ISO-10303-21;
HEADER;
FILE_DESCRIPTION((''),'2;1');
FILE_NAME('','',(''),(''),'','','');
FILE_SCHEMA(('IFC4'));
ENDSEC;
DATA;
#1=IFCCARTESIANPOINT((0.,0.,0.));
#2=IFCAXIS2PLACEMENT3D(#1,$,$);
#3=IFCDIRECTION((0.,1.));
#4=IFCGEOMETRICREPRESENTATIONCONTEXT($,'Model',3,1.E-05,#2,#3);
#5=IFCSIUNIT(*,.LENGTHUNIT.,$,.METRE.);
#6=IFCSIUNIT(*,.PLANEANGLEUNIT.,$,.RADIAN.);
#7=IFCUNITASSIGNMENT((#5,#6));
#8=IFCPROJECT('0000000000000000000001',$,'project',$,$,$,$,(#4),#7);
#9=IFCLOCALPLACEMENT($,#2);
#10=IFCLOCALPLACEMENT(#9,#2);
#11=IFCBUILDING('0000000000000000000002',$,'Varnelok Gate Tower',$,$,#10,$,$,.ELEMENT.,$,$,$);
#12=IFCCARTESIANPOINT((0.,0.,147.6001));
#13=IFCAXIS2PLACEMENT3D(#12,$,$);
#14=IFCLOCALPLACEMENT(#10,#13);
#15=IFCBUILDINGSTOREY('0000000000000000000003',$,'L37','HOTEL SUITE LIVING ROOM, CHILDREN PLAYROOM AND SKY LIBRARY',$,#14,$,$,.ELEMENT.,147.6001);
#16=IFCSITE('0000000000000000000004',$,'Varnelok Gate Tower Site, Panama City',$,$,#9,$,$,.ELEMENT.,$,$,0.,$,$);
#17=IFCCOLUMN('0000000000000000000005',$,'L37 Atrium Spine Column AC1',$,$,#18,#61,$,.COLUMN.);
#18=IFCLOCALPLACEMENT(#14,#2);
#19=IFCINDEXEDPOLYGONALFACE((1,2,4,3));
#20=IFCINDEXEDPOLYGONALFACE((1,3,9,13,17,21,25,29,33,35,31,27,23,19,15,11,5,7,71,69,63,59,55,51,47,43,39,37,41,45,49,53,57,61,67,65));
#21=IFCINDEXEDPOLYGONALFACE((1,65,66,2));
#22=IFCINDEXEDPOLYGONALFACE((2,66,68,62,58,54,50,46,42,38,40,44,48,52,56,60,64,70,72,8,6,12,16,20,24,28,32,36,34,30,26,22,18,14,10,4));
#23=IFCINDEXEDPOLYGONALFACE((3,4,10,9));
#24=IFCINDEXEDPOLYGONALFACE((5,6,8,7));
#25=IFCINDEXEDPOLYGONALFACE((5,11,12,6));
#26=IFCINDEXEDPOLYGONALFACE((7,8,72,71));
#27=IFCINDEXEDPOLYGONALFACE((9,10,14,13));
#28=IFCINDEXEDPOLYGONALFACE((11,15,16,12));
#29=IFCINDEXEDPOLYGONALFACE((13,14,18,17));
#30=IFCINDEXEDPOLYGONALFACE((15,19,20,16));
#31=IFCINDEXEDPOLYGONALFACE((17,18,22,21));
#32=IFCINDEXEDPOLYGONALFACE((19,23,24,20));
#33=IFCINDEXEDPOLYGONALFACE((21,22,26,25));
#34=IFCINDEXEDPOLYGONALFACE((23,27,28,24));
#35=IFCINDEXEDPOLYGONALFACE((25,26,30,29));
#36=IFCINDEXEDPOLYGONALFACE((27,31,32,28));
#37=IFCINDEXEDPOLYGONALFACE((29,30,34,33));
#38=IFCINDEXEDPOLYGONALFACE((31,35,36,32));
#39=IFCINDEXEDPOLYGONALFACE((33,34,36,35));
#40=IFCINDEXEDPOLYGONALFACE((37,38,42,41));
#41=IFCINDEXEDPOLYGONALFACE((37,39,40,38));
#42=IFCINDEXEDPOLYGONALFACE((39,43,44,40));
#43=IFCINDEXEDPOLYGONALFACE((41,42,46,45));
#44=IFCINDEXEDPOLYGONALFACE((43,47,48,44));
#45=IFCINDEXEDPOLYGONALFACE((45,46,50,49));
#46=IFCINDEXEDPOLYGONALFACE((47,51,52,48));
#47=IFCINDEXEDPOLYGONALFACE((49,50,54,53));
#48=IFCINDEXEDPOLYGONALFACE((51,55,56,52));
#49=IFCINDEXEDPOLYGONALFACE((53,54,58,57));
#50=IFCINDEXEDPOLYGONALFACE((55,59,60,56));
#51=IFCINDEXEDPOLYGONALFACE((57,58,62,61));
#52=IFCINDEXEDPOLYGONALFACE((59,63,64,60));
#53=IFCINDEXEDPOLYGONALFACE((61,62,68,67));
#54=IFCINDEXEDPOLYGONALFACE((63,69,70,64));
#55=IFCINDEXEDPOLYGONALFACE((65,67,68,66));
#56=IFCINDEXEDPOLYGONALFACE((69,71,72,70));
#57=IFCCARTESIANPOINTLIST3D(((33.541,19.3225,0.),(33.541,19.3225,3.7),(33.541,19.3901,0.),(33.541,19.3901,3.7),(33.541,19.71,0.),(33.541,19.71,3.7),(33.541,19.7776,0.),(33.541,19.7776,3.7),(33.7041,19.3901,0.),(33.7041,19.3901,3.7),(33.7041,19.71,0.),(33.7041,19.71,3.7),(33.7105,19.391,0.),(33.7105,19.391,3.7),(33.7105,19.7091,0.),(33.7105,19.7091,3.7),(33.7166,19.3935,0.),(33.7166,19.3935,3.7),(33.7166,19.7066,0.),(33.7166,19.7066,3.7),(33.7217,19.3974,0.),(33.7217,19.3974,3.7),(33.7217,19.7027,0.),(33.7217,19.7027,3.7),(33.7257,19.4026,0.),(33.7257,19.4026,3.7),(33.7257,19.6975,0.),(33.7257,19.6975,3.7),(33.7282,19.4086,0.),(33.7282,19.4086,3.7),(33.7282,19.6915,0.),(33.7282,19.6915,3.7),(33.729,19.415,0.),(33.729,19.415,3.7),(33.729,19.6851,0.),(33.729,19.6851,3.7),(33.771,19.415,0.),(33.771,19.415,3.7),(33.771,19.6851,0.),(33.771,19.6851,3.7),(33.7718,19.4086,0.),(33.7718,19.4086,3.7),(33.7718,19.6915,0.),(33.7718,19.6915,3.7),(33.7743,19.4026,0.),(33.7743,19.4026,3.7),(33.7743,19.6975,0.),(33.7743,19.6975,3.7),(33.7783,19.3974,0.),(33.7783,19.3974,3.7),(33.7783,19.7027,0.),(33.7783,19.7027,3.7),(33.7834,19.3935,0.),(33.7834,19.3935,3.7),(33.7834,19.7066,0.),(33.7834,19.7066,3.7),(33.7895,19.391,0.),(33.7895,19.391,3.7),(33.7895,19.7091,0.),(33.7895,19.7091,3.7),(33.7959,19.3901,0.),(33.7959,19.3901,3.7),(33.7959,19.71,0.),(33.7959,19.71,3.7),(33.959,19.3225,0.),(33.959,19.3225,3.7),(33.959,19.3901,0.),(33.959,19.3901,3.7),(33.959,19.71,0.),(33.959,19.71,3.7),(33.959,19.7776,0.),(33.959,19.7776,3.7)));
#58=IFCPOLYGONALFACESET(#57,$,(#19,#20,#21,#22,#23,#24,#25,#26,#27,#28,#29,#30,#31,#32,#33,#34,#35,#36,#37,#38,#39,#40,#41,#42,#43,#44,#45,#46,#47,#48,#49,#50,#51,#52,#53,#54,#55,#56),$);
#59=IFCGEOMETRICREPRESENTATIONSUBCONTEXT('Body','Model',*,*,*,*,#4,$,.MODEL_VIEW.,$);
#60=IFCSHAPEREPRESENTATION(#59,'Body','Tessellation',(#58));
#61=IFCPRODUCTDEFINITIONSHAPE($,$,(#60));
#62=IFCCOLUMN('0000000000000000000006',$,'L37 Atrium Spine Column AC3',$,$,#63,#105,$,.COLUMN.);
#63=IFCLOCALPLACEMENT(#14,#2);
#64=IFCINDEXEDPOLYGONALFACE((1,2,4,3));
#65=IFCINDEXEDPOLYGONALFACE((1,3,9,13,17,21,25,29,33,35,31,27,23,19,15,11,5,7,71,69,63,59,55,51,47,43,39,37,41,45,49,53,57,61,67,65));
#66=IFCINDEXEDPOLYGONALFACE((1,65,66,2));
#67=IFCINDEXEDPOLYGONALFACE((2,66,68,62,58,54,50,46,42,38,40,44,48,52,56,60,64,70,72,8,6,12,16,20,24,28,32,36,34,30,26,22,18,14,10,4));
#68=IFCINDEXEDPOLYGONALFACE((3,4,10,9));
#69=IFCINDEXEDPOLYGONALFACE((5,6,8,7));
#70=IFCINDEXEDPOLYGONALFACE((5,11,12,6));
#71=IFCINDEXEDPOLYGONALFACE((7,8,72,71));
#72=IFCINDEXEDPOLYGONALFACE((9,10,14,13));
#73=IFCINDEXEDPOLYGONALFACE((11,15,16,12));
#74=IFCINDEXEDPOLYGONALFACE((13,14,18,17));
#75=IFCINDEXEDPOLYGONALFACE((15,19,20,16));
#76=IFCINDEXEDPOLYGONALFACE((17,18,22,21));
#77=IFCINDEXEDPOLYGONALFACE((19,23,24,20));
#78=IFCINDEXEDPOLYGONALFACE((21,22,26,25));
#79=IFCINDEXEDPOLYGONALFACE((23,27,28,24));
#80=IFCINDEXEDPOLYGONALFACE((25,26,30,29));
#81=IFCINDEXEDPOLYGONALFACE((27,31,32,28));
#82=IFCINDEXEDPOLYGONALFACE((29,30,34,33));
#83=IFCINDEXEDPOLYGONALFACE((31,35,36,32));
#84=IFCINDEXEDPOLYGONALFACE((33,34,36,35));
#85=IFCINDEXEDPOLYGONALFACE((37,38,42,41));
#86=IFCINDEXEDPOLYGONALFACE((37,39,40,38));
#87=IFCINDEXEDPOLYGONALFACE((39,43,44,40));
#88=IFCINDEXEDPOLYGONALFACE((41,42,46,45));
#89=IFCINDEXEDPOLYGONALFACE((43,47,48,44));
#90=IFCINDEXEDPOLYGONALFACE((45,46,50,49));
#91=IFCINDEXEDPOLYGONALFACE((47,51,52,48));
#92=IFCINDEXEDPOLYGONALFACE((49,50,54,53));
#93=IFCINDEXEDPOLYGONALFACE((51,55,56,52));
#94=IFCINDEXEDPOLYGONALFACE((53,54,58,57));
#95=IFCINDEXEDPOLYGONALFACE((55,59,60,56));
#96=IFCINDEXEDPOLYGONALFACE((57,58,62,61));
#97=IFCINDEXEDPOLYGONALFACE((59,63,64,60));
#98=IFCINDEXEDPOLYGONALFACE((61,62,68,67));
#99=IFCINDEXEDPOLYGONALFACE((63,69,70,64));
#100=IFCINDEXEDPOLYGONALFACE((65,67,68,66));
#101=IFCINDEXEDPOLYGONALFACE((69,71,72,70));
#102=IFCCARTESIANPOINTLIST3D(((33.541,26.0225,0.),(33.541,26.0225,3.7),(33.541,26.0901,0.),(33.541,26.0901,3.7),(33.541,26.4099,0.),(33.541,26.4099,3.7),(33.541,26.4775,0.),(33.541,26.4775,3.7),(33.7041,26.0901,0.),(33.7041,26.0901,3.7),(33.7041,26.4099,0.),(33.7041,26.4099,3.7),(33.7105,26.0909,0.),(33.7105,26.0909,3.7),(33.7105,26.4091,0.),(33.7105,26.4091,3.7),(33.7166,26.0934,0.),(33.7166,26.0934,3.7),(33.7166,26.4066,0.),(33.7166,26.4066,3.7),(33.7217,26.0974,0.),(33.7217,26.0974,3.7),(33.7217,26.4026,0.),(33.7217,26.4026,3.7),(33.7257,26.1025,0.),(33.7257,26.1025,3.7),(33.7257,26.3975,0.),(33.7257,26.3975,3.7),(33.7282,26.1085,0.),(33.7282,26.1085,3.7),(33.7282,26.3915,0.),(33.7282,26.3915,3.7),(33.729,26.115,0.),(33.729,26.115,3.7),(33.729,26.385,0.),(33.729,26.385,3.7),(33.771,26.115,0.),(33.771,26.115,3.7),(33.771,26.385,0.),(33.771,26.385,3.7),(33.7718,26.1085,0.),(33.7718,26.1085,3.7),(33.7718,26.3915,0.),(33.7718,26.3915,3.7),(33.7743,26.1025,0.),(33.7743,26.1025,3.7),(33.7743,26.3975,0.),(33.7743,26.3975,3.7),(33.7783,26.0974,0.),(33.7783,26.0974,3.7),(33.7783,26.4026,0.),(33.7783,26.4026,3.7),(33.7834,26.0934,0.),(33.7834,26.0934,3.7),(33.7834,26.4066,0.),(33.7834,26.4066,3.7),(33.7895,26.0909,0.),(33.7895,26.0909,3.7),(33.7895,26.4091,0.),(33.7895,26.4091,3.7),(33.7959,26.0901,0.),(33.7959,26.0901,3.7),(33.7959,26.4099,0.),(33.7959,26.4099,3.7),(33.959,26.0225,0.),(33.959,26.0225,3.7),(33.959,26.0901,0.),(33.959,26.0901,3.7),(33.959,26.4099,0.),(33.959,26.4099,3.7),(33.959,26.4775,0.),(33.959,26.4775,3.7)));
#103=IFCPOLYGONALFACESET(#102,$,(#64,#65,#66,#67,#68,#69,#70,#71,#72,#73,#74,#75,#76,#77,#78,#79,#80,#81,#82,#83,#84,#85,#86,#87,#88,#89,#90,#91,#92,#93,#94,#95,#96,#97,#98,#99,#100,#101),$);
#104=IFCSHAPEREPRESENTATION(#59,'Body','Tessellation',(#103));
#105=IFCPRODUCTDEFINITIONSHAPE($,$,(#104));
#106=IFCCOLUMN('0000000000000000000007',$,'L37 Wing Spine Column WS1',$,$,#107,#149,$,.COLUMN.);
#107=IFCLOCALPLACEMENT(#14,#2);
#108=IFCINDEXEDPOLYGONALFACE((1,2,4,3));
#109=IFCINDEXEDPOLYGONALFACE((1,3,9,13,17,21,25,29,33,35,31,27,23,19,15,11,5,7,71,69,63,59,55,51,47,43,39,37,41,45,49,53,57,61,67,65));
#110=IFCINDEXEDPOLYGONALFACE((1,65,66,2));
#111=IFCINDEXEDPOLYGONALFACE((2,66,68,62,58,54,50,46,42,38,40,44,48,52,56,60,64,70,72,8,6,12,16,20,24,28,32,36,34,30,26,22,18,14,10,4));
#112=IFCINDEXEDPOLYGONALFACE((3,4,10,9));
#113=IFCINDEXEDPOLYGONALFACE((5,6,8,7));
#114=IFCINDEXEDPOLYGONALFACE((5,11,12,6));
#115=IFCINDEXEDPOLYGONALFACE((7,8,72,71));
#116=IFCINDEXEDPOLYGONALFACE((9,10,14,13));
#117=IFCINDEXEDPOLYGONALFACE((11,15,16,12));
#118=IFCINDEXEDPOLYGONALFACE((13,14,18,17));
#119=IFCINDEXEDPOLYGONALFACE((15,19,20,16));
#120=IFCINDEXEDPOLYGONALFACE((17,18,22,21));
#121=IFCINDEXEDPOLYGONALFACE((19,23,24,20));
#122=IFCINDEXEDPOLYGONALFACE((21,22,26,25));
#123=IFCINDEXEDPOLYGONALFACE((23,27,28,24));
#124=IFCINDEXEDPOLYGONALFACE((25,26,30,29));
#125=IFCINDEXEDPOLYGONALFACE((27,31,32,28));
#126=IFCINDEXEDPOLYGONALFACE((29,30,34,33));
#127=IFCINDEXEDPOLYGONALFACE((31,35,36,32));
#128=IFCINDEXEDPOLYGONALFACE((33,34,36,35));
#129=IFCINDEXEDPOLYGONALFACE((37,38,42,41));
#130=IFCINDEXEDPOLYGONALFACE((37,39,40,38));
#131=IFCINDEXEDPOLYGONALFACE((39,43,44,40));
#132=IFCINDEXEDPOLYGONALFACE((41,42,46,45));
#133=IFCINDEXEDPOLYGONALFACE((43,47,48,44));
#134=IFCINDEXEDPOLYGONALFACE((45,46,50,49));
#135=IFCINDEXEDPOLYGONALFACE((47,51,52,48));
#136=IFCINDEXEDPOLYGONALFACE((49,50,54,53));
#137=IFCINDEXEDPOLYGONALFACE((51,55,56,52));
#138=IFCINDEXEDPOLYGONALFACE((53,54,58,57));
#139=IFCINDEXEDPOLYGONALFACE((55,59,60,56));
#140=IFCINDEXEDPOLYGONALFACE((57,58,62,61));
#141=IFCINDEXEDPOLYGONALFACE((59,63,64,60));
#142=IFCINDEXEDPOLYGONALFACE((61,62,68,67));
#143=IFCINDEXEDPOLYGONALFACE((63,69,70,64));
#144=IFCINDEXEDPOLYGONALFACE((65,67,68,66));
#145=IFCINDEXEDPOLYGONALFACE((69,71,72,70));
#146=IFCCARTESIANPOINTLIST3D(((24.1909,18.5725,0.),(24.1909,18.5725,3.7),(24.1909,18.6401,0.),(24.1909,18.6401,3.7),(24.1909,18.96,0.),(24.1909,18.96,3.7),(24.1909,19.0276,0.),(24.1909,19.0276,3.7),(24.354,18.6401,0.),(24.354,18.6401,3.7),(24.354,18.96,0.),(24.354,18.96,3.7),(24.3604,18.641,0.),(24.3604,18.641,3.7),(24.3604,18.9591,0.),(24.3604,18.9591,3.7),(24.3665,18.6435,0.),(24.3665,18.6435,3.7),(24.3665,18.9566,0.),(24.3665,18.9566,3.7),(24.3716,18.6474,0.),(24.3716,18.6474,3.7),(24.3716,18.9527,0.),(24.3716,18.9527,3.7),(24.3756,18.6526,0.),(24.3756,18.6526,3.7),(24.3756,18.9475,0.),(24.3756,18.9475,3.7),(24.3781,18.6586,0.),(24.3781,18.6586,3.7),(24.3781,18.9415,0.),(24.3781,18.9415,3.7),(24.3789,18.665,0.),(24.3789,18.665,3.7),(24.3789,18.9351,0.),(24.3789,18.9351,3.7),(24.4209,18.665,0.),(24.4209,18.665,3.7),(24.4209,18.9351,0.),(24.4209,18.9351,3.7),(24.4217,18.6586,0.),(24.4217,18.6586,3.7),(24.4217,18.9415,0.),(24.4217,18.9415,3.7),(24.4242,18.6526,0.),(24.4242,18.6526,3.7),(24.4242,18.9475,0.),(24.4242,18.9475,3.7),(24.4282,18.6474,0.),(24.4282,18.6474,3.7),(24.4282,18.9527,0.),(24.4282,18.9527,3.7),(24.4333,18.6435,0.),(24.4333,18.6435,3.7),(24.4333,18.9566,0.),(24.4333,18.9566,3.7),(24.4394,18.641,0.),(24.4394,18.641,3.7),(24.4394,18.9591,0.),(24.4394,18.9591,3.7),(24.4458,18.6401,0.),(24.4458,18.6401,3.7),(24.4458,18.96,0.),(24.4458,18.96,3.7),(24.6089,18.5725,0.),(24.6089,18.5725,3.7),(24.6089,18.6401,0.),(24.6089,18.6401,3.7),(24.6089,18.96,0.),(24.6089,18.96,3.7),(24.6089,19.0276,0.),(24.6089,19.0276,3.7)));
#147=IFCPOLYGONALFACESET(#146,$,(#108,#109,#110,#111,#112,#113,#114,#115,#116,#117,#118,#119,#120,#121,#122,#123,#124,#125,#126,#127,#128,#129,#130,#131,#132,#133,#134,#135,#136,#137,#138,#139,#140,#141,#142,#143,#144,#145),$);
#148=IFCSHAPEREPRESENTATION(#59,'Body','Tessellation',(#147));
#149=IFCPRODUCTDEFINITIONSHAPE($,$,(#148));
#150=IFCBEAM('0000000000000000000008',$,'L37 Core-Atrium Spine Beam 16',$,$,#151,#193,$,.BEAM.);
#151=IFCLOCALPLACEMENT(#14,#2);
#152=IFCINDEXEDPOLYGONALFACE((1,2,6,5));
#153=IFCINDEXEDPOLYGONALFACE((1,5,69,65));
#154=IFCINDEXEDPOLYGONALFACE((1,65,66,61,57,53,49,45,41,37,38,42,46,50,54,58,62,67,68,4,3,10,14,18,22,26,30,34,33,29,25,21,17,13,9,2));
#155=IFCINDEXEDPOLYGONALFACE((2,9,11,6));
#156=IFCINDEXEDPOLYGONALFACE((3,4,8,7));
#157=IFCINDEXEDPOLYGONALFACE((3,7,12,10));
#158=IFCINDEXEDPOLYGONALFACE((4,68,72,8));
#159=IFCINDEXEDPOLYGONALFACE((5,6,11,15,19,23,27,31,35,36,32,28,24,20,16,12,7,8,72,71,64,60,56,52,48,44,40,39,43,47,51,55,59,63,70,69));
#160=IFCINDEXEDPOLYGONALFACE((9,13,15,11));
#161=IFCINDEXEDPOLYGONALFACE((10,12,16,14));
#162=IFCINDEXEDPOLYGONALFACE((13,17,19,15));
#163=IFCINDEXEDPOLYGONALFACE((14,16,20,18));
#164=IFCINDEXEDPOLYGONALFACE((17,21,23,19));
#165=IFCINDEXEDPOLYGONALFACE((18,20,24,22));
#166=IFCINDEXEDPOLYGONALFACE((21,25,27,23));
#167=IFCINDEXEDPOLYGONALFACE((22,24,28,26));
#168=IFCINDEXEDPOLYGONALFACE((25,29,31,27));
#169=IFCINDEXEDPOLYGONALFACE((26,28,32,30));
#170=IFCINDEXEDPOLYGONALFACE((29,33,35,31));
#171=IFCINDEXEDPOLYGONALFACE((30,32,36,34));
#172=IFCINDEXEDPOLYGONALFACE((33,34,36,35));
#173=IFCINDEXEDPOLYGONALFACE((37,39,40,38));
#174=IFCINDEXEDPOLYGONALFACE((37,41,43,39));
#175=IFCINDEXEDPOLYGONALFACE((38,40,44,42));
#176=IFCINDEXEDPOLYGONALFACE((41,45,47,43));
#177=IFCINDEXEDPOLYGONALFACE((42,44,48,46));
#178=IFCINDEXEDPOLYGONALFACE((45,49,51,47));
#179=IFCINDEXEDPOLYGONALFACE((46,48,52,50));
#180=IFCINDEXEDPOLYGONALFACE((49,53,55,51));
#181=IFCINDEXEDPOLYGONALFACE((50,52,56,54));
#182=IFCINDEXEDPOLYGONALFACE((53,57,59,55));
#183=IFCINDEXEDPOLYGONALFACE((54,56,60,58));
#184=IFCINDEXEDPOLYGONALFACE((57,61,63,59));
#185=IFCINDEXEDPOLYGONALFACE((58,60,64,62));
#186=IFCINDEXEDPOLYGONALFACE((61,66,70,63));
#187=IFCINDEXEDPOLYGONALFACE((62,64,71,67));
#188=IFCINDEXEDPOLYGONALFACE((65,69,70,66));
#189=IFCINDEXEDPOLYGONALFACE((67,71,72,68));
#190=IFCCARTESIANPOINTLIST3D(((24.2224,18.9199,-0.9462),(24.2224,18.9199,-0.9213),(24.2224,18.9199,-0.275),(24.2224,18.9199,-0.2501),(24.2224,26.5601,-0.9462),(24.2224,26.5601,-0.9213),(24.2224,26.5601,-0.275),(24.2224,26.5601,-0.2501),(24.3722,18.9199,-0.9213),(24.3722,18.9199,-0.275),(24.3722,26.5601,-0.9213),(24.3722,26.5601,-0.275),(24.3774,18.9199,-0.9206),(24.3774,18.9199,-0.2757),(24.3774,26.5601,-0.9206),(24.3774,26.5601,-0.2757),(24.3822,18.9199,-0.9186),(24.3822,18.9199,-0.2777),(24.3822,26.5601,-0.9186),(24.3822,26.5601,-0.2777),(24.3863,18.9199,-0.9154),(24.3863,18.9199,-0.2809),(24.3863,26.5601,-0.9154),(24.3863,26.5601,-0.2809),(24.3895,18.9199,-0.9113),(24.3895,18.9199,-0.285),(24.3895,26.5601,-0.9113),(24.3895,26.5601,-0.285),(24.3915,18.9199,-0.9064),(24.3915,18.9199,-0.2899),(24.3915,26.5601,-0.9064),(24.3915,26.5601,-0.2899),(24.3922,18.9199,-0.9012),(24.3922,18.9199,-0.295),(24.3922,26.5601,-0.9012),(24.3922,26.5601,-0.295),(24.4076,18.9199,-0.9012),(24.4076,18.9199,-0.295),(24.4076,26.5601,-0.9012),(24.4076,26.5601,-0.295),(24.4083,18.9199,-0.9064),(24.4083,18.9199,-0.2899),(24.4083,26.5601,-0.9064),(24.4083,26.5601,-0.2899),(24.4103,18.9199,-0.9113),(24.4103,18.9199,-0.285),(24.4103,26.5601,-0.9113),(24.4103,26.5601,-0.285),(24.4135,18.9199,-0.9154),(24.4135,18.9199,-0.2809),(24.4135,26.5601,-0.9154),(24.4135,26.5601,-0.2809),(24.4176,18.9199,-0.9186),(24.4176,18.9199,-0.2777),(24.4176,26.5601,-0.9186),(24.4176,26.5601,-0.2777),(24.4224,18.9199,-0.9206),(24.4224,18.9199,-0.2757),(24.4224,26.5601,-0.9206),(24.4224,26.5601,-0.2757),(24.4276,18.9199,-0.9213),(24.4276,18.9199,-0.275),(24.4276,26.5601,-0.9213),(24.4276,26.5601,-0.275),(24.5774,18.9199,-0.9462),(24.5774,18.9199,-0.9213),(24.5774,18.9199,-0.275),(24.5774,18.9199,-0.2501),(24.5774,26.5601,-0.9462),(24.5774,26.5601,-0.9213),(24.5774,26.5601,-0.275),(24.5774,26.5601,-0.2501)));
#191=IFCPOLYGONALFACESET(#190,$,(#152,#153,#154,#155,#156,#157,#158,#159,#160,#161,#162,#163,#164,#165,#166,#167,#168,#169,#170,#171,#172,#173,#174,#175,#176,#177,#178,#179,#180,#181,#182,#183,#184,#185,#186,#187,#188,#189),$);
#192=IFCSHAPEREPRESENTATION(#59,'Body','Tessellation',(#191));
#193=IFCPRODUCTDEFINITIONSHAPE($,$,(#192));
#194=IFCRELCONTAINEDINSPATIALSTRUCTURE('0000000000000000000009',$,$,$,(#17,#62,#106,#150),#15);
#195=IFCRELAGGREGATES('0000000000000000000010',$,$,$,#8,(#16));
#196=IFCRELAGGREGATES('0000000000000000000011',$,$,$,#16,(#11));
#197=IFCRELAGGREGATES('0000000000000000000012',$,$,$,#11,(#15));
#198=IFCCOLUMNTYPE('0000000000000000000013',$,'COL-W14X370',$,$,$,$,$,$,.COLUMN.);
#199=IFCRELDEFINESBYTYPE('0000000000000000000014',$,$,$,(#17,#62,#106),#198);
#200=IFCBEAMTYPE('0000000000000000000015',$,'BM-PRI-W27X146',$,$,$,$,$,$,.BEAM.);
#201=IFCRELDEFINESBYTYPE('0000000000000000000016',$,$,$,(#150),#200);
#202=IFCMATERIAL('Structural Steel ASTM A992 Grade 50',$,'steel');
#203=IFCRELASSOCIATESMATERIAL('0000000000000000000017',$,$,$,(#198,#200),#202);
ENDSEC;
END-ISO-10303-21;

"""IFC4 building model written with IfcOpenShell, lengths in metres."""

from ifc_helpers import new_model, si_unit, direction, frame, origin, origin_2d, place, context, subcontext, project, spatial, i_section, extrude, material, material_profile, profile_set, type_object, element, save


model = new_model("IFC4")

# Units and contexts
model_context = context("Model", 3, precision=1e-05, world=origin(), true_north=direction((0.0, 1.0)))
body_context = subcontext(model_context, "Body", "Model", "MODEL_VIEW")
ifc_project = project(units=[si_unit("LENGTHUNIT", "METRE"), si_unit("PLANEANGLEUNIT", "RADIAN")], contexts=[model_context])

# Site, building, storey
site_placement = place(None, origin())
site = spatial("IfcSite", under=ifc_project, at=site_placement, Name="Varnelok Gate Tower Site, Panama City", CompositionType="ELEMENT", RefElevation=0.0)
building_placement = place(site_placement, origin())
building = spatial("IfcBuilding", under=site, at=building_placement, Name="Varnelok Gate Tower", CompositionType="ELEMENT")
storey_placement = place(building_placement, frame((0.0, 0.0, 147.6001)))
storey = spatial("IfcBuildingStorey", under=building, at=storey_placement, Name="L37", Description="HOTEL SUITE LIVING ROOM, CHILDREN PLAYROOM AND SKY LIBRARY", CompositionType="ELEMENT", Elevation=147.6001)

# Columns
ifc_material_1 = material(Name="Structural Steel ASTM A992 Grade 50", Category="steel")
ifc_material_profile_1 = material_profile(ifc_material_1, i_section(OverallWidth=0.418, OverallDepth=0.4551, WebThickness=0.042, FlangeThickness=0.0676, FilletRadius=0.0249, at=origin_2d()), Name="W14X370")
ifc_profile_set_1 = profile_set([ifc_material_profile_1], Name="Structural Steel ASTM A992 Grade 50")
column_type = type_object("IfcColumnType", Name="COL-W14X370", PredefinedType="COLUMN", material=ifc_profile_set_1)
for number, where, z_axis, x_axis, name in (
    (1, (33.75, 19.55, 0.0), (0.0, 0.0, 1.0), (1.0, 0.0, 0.0), "L37 Atrium Spine Column AC1"),
    (2, (33.75, 26.25, 0.0), (0.0, 0.0, 1.0), (1.0, 0.0, 0.0), "L37 Atrium Spine Column AC3"),
    (3, (24.3999, 18.8, 0.0), (0.0, 0.0, 1.0), (1.0, 0.0, 0.0), "L37 Wing Spine Column WS1"),
):
    element("IfcColumn", number, at=place(storey_placement, frame(where, z_axis=z_axis, x_axis=x_axis)), inside=storey, type_object=column_type, Name=name, PredefinedType="COLUMN", context=body_context, shape_type="SweptSolid", body=[
        extrude(i_section(OverallWidth=0.418, OverallDepth=0.4551, WebThickness=0.042, FlangeThickness=0.0676, FilletRadius=0.0249, at=origin_2d()), origin(), (0.0, 0.0, 1.0), 3.7),
    ])

# Beam
ifc_material_profile_2 = material_profile(ifc_material_1, i_section(OverallWidth=0.355, OverallDepth=0.696, WebThickness=0.0154, FlangeThickness=0.0249, FilletRadius=0.02, at=origin_2d()), Name="W27X146")
ifc_profile_set_2 = profile_set([ifc_material_profile_2], Name="Structural Steel ASTM A992 Grade 50")
beam_type_1 = type_object("IfcBeamType", Name="BM-PRI-W27X146", PredefinedType="BEAM", material=ifc_profile_set_2)
beam_1_placement = place(storey_placement, frame((24.3999, 18.9199, -0.5981), z_axis=(0.0, 1.0, 0.0), x_axis=(-1.0, 0.0, 0.0)))
element("IfcBeam", 4, at=beam_1_placement, inside=storey, type_object=beam_type_1, Name="L37 Core-Atrium Spine Beam 16", PredefinedType="BEAM", context=body_context, shape_type="SweptSolid", body=[
    extrude(i_section(OverallWidth=0.355, OverallDepth=0.696, WebThickness=0.0154, FlangeThickness=0.0249, FilletRadius=0.02, at=origin_2d()), origin(), (0.0, 0.0, 1.0), 7.6401),
])

save(model, "model.ifc")
